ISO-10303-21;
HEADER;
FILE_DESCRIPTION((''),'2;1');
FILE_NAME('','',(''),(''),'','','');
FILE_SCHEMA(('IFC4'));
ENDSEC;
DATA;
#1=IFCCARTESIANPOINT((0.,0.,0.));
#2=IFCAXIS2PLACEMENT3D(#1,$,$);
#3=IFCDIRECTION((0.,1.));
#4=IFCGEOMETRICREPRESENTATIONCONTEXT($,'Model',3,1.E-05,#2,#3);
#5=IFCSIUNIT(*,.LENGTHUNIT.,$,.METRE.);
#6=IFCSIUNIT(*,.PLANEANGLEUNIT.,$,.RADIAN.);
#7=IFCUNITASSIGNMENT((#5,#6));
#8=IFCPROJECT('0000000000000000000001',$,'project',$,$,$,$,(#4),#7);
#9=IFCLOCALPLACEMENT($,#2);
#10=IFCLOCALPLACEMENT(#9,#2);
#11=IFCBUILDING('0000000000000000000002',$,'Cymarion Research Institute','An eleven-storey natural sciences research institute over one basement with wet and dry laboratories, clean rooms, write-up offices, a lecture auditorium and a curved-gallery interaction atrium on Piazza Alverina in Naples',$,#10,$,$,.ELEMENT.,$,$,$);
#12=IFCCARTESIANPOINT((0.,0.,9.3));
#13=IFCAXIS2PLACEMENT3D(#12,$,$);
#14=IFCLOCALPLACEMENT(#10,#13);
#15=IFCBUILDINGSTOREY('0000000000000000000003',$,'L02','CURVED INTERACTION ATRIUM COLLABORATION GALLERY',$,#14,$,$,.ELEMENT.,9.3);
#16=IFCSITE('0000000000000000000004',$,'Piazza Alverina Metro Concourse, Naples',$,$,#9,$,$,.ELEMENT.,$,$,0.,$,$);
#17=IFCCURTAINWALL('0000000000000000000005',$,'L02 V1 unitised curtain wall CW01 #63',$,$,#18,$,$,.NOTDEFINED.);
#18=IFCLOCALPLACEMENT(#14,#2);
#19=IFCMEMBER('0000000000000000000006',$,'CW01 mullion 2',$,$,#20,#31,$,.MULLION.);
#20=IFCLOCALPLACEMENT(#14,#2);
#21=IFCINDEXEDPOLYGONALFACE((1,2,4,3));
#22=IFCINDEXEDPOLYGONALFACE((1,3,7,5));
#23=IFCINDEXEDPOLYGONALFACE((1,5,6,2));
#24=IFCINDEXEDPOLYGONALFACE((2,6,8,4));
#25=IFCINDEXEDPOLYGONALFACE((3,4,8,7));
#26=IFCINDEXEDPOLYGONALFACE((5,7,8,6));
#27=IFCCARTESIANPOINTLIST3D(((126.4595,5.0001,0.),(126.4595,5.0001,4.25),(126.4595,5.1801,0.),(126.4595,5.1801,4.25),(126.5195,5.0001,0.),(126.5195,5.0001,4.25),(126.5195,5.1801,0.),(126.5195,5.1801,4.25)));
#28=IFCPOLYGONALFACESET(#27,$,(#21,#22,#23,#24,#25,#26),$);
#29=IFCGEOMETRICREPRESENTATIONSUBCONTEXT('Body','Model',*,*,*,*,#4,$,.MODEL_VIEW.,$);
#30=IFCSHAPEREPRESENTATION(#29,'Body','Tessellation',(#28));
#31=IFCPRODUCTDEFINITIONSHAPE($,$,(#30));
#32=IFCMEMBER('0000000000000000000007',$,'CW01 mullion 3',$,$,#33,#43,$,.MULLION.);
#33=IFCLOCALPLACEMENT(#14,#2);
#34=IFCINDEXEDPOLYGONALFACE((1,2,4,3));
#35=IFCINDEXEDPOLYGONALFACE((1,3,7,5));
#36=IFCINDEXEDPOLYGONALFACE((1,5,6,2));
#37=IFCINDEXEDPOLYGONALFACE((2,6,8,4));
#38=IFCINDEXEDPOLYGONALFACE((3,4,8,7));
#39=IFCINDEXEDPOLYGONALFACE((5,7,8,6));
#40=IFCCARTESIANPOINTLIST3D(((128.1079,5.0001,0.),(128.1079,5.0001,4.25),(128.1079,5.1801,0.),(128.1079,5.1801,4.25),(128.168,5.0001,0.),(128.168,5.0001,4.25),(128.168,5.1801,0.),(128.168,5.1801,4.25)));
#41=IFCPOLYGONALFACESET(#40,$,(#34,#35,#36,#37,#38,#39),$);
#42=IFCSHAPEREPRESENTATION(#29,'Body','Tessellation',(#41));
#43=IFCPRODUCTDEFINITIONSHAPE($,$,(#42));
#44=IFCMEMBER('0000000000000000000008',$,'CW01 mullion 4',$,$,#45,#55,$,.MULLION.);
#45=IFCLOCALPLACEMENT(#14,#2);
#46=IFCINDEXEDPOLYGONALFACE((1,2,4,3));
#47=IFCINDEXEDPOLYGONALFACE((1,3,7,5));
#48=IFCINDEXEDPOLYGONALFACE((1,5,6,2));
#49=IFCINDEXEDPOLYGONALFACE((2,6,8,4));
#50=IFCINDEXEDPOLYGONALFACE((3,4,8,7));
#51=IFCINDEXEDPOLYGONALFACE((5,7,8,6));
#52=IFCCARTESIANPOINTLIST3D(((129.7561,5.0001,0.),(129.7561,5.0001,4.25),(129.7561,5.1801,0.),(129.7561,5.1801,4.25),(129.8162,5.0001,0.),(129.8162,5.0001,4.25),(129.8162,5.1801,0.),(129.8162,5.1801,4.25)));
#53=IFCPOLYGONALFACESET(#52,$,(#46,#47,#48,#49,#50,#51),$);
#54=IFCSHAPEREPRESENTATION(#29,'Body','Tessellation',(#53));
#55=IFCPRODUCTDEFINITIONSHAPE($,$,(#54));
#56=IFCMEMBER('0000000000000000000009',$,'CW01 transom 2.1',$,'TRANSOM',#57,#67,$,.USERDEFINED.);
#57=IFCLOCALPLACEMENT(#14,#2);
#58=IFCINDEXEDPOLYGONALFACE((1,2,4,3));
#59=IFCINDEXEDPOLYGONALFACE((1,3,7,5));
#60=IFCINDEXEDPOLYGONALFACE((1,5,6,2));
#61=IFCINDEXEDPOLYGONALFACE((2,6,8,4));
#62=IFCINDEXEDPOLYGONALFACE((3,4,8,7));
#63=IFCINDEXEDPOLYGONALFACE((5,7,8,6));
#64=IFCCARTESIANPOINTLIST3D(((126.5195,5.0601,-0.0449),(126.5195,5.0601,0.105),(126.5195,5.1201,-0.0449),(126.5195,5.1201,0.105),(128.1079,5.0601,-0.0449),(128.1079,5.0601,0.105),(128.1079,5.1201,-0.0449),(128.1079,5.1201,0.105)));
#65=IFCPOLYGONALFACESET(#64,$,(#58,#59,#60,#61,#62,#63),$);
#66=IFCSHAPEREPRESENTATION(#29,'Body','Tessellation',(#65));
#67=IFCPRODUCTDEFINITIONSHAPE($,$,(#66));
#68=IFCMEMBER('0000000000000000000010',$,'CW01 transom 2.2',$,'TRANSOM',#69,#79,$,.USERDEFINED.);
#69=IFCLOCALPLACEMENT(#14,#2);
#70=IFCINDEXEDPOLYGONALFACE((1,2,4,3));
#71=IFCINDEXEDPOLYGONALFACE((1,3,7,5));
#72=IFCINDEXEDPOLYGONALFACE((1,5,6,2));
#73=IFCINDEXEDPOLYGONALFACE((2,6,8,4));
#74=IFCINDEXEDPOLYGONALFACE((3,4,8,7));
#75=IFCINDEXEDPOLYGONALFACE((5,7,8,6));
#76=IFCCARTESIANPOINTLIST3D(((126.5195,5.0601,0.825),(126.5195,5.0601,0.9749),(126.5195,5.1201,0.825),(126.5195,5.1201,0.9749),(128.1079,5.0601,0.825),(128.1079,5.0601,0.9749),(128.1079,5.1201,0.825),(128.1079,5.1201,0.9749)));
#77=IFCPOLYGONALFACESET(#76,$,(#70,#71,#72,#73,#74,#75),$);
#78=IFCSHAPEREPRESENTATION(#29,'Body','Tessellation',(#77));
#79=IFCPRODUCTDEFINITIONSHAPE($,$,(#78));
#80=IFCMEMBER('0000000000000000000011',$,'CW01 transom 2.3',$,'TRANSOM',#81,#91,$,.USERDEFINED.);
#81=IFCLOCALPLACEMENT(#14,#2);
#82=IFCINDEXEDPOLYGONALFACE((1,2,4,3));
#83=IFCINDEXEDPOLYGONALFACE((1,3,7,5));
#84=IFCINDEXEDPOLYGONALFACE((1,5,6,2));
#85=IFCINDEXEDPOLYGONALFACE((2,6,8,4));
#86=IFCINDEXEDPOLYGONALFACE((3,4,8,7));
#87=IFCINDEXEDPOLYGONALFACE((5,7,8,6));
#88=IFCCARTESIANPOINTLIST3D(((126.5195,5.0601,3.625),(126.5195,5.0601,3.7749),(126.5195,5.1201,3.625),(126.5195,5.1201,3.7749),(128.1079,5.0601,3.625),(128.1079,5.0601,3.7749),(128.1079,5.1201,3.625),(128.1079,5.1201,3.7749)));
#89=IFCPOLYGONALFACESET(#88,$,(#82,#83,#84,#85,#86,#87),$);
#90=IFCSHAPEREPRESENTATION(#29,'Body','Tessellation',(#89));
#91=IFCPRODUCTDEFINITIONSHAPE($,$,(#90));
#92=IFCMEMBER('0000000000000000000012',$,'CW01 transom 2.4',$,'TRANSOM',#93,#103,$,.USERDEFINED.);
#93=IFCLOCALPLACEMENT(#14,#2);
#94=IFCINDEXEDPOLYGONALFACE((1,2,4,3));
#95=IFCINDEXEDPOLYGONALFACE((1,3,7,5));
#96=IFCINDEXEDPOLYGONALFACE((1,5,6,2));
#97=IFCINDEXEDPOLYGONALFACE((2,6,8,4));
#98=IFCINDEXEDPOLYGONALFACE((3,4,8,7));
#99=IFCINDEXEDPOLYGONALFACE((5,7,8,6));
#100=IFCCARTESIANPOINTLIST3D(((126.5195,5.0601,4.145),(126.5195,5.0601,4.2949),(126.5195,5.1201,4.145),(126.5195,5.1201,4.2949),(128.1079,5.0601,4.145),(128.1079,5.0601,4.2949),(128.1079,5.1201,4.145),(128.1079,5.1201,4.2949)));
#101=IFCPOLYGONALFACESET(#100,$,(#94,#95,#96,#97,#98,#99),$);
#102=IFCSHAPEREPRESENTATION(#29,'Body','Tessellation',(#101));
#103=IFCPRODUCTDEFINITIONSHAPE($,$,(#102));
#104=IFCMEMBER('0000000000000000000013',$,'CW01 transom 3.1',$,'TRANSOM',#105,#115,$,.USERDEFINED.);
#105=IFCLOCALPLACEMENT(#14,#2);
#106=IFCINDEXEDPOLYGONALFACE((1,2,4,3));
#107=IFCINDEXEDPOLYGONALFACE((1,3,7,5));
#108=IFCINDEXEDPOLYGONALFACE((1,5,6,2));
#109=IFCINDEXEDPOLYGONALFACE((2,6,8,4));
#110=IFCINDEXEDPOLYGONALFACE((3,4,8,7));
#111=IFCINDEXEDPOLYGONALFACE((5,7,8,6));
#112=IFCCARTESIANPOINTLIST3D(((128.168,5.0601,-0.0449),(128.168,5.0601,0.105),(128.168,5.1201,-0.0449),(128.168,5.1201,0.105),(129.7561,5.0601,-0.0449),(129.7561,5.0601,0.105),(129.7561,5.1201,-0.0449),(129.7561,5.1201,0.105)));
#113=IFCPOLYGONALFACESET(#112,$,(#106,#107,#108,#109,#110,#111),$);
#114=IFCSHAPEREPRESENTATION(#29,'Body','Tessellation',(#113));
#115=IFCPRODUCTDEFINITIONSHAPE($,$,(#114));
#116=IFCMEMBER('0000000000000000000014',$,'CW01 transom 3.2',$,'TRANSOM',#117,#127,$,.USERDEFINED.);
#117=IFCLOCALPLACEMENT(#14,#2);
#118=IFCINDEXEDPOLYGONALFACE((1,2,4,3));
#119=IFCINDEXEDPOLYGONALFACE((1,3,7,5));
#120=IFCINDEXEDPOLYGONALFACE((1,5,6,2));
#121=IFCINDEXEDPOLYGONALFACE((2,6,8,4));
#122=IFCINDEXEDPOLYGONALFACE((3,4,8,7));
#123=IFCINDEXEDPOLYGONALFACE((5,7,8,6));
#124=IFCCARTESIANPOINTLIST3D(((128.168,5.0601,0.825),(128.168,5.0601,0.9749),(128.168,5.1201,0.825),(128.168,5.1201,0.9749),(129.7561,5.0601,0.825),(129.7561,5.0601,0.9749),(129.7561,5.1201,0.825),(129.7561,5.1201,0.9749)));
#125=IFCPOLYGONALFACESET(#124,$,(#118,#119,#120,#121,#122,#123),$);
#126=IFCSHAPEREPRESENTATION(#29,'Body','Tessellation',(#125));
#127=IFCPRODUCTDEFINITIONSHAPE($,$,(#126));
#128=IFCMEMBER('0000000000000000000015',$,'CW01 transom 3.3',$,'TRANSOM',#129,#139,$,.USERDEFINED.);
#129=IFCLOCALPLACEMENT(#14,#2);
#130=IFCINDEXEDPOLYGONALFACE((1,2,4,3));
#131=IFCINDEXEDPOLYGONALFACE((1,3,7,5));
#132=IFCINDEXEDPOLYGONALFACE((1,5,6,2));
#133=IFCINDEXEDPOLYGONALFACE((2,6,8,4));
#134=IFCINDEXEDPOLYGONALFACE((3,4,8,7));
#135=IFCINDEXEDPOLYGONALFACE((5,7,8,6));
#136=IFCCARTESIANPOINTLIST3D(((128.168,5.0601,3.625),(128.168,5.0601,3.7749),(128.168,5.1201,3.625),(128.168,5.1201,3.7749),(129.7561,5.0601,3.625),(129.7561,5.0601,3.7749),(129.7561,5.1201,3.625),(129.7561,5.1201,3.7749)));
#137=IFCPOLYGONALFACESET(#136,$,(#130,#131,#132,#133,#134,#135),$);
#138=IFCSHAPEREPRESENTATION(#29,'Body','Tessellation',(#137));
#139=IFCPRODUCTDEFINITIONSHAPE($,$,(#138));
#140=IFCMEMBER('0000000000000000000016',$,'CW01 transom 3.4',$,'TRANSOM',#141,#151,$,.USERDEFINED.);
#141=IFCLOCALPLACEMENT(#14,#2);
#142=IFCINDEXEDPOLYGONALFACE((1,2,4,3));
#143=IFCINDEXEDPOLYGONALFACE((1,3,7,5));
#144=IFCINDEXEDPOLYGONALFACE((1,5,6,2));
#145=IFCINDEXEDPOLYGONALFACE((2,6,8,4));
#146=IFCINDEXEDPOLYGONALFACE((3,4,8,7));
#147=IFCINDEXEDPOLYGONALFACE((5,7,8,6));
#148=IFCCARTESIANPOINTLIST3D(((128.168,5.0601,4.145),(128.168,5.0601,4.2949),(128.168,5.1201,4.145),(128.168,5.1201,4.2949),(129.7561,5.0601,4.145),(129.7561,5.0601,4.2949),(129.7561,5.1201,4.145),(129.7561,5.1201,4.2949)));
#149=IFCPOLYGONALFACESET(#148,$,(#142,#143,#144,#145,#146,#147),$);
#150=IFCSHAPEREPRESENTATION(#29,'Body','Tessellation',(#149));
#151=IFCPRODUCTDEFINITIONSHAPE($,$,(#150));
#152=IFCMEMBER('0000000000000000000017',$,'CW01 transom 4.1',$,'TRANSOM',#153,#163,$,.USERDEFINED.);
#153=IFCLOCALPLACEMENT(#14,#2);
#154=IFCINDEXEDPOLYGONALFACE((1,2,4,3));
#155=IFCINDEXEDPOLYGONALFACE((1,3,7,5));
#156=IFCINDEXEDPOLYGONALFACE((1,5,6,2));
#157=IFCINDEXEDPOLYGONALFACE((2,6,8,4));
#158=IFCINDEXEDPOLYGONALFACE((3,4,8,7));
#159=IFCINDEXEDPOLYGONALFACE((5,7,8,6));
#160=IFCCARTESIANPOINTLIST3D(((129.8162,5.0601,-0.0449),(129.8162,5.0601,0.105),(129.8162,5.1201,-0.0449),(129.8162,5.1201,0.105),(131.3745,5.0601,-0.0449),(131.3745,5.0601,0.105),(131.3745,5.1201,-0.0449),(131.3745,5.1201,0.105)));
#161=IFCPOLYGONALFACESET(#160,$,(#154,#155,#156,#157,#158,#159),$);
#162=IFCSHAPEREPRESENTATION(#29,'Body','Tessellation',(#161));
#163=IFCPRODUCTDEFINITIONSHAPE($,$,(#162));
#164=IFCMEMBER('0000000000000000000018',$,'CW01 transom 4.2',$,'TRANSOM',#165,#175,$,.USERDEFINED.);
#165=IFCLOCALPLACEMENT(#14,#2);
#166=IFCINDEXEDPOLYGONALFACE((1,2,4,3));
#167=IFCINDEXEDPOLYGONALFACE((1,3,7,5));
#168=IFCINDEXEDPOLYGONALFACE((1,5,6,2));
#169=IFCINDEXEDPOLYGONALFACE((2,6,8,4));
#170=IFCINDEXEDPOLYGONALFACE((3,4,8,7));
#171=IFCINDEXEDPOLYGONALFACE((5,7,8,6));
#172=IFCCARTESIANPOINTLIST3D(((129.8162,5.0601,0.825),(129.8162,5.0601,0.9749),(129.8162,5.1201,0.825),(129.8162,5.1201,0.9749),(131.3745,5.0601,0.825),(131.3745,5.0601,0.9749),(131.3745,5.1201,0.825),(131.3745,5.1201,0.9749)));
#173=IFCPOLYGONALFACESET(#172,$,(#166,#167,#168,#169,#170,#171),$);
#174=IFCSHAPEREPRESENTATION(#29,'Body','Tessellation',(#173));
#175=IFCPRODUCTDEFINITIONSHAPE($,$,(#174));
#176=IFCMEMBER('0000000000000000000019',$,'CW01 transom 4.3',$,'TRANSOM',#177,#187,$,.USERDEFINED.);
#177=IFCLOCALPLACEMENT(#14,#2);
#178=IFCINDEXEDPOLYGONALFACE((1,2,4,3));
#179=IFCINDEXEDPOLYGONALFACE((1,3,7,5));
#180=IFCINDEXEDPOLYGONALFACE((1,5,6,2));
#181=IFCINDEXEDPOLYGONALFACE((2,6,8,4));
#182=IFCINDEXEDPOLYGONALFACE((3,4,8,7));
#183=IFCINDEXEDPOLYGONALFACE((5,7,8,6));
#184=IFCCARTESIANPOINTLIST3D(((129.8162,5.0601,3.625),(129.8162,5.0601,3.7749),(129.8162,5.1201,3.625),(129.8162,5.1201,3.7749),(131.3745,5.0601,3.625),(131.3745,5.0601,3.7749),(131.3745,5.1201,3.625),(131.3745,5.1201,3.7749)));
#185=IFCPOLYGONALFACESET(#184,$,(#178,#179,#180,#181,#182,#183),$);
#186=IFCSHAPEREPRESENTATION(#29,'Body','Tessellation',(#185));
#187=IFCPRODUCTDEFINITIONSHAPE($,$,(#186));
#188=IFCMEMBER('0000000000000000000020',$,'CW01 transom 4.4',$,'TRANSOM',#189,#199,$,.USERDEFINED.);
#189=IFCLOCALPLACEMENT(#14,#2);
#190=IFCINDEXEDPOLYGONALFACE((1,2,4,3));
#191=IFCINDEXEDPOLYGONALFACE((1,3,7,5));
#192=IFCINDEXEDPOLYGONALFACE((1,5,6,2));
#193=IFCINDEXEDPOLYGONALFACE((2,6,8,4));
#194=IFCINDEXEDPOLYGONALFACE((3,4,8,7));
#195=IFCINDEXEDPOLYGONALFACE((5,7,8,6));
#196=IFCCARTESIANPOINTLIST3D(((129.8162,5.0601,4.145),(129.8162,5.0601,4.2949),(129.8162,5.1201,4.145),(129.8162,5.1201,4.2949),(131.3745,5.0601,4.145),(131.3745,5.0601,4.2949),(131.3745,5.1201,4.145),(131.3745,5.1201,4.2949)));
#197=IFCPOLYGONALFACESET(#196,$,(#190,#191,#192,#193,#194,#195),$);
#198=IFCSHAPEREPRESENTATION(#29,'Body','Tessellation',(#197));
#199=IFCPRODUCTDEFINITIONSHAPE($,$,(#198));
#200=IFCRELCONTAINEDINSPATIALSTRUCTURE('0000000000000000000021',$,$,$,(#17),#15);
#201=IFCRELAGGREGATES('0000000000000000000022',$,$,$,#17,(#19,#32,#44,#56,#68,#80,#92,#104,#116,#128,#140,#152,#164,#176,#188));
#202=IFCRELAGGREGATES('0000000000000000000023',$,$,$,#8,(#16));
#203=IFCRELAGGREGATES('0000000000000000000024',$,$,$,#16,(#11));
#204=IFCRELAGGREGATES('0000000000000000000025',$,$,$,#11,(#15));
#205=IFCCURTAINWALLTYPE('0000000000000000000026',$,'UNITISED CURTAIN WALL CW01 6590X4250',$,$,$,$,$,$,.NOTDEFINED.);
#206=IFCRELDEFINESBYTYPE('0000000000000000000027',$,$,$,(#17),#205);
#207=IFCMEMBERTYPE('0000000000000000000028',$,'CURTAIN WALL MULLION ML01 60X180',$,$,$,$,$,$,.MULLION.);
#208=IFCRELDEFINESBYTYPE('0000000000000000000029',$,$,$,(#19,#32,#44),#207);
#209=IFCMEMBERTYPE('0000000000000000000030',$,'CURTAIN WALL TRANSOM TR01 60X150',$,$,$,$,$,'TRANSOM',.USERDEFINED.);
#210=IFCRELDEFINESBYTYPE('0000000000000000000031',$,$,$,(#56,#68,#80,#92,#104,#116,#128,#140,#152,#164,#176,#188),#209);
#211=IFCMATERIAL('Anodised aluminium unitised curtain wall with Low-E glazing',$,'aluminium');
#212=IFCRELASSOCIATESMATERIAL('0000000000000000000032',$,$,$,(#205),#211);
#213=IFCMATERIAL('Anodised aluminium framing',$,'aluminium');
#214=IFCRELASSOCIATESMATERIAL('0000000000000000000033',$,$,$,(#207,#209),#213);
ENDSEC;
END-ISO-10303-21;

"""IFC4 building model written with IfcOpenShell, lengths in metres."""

from ifc_helpers import new_model, si_unit, direction, frame, origin, origin_2d, place, context, subcontext, project, spatial, rectangle, extrude, material, material_profile, profile_set, type_object, element, aggregate, save


model = new_model("IFC4")

# Units and contexts
model_context = context("Model", 3, precision=1e-05, world=origin(), true_north=direction((0.0, 1.0)))
body_context = subcontext(model_context, "Body", "Model", "MODEL_VIEW")
ifc_project = project(units=[si_unit("LENGTHUNIT", "METRE"), si_unit("PLANEANGLEUNIT", "RADIAN")], contexts=[model_context])

# Site, building, storey
site_placement = place(None, origin())
site = spatial("IfcSite", under=ifc_project, at=site_placement, Name="Piazza Alverina Metro Concourse, Naples", CompositionType="ELEMENT", RefElevation=0.0)
building_placement = place(site_placement, origin())
building = spatial("IfcBuilding", under=site, at=building_placement, Name="Cymarion Research Institute", Description="An eleven-storey natural sciences research institute over one basement with wet and dry laboratories, clean rooms, write-up offices, a lecture auditorium and a curved-gallery interaction atrium on Piazza Alverina in Naples", CompositionType="ELEMENT")
storey_placement = place(building_placement, frame((0.0, 0.0, 9.3)))
storey = spatial("IfcBuildingStorey", under=building, at=storey_placement, Name="L02", Description="CURVED INTERACTION ATRIUM COLLABORATION GALLERY", CompositionType="ELEMENT", Elevation=9.3)

# Curtain wall, members
ifc_material_1 = material(Name="Anodised aluminium unitised curtain wall with Low-E glazing", Category="aluminium")
curtain_wall_type = type_object("IfcCurtainWallType", Name="UNITISED CURTAIN WALL CW01 6590X4250", PredefinedType="NOTDEFINED", material=ifc_material_1)
curtain_wall_placement = place(storey_placement, origin())
curtain_wall = element("IfcCurtainWall", 1, at=curtain_wall_placement, inside=storey, type_object=curtain_wall_type, Name="L02 V1 unitised curtain wall CW01 #63", PredefinedType="NOTDEFINED")
ifc_material_2 = material(Name="Anodised aluminium framing", Category="aluminium")
ifc_material_profile_1 = material_profile(ifc_material_2, rectangle(XDim=0.0601, YDim=0.1799, at=origin_2d()), Name="ALU MULLION 60x180")
ifc_profile_set_1 = profile_set([ifc_material_profile_1], Name="Anodised aluminium framing")
member_type_1 = type_object("IfcMemberType", Name="CURTAIN WALL MULLION ML01 60X180", PredefinedType="MULLION", material=ifc_profile_set_1)
member_1_placement = place(storey_placement, frame((126.4895, 5.0901, 0.0), z_axis=(0.0, 0.0, 1.0), x_axis=(1.0, 0.0, 0.0)))
member_1 = element("IfcMember", 2, at=member_1_placement, type_object=member_type_1, Name="CW01 mullion 2", PredefinedType="MULLION", context=body_context, shape_type="SweptSolid", body=[
    extrude(rectangle(XDim=0.0601, YDim=0.1799, at=origin_2d()), origin(), (0.0, 0.0, 1.0), 4.25),
])
member_2_placement = place(storey_placement, frame((128.1379, 5.0901, 0.0), z_axis=(0.0, 0.0, 1.0), x_axis=(1.0, 0.0, 0.0)))
member_2 = element("IfcMember", 3, at=member_2_placement, type_object=member_type_1, Name="CW01 mullion 3", PredefinedType="MULLION", context=body_context, shape_type="SweptSolid", body=[
    extrude(rectangle(XDim=0.0601, YDim=0.1799, at=origin_2d()), origin(), (0.0, 0.0, 1.0), 4.25),
])
member_3_placement = place(storey_placement, frame((129.7861, 5.0901, 0.0), z_axis=(0.0, 0.0, 1.0), x_axis=(1.0, 0.0, 0.0)))
member_3 = element("IfcMember", 4, at=member_3_placement, type_object=member_type_1, Name="CW01 mullion 4", PredefinedType="MULLION", context=body_context, shape_type="SweptSolid", body=[
    extrude(rectangle(XDim=0.0601, YDim=0.1799, at=origin_2d()), origin(), (0.0, 0.0, 1.0), 4.25),
])
ifc_material_profile_2 = material_profile(ifc_material_2, rectangle(XDim=0.0601, YDim=0.1499, at=origin_2d()), Name="ALU TRANSOM 60x150")
ifc_profile_set_2 = profile_set([ifc_material_profile_2], Name="Anodised aluminium framing")
member_type_2 = type_object("IfcMemberType", Name="CURTAIN WALL TRANSOM TR01 60X150", ElementType="TRANSOM", PredefinedType="USERDEFINED", material=ifc_profile_set_2)
member_4_placement = place(storey_placement, frame((126.5195, 5.0901, 0.03), z_axis=(1.0, 0.0, 0.0), x_axis=(0.0, 1.0, 0.0)))
member_4 = element("IfcMember", 5, at=member_4_placement, type_object=member_type_2, Name="CW01 transom 2.1", ObjectType="TRANSOM", PredefinedType="USERDEFINED", context=body_context, shape_type="SweptSolid", body=[
    extrude(rectangle(XDim=0.0601, YDim=0.1499, at=origin_2d()), origin(), (0.0, 0.0, 1.0), 1.5884),
])
member_5_placement = place(storey_placement, frame((126.5195, 5.0901, 0.8999), z_axis=(1.0, 0.0, 0.0), x_axis=(0.0, 1.0, 0.0)))
member_5 = element("IfcMember", 6, at=member_5_placement, type_object=member_type_2, Name="CW01 transom 2.2", ObjectType="TRANSOM", PredefinedType="USERDEFINED", context=body_context, shape_type="SweptSolid", body=[
    extrude(rectangle(XDim=0.0601, YDim=0.1499, at=origin_2d()), origin(), (0.0, 0.0, 1.0), 1.5884),
])
member_6_placement = place(storey_placement, frame((126.5195, 5.0901, 3.7), z_axis=(1.0, 0.0, 0.0), x_axis=(0.0, 1.0, 0.0)))
member_6 = element("IfcMember", 7, at=member_6_placement, type_object=member_type_2, Name="CW01 transom 2.3", ObjectType="TRANSOM", PredefinedType="USERDEFINED", context=body_context, shape_type="SweptSolid", body=[
    extrude(rectangle(XDim=0.0601, YDim=0.1499, at=origin_2d()), origin(), (0.0, 0.0, 1.0), 1.5884),
])
member_7_placement = place(storey_placement, frame((126.5195, 5.0901, 4.22), z_axis=(1.0, 0.0, 0.0), x_axis=(0.0, 1.0, 0.0)))
member_7 = element("IfcMember", 8, at=member_7_placement, type_object=member_type_2, Name="CW01 transom 2.4", ObjectType="TRANSOM", PredefinedType="USERDEFINED", context=body_context, shape_type="SweptSolid", body=[
    extrude(rectangle(XDim=0.0601, YDim=0.1499, at=origin_2d()), origin(), (0.0, 0.0, 1.0), 1.5884),
])
member_8_placement = place(storey_placement, frame((128.168, 5.0901, 0.03), z_axis=(1.0, 0.0, 0.0), x_axis=(0.0, 1.0, 0.0)))
member_8 = element("IfcMember", 9, at=member_8_placement, type_object=member_type_2, Name="CW01 transom 3.1", ObjectType="TRANSOM", PredefinedType="USERDEFINED", context=body_context, shape_type="SweptSolid", body=[
    extrude(rectangle(XDim=0.0601, YDim=0.1499, at=origin_2d()), origin(), (0.0, 0.0, 1.0), 1.5881),
])
member_9_placement = place(storey_placement, frame((128.168, 5.0901, 0.8999), z_axis=(1.0, 0.0, 0.0), x_axis=(0.0, 1.0, 0.0)))
member_9 = element("IfcMember", 10, at=member_9_placement, type_object=member_type_2, Name="CW01 transom 3.2", ObjectType="TRANSOM", PredefinedType="USERDEFINED", context=body_context, shape_type="SweptSolid", body=[
    extrude(rectangle(XDim=0.0601, YDim=0.1499, at=origin_2d()), origin(), (0.0, 0.0, 1.0), 1.5881),
])
member_10_placement = place(storey_placement, frame((128.168, 5.0901, 3.7), z_axis=(1.0, 0.0, 0.0), x_axis=(0.0, 1.0, 0.0)))
member_10 = element("IfcMember", 11, at=member_10_placement, type_object=member_type_2, Name="CW01 transom 3.3", ObjectType="TRANSOM", PredefinedType="USERDEFINED", context=body_context, shape_type="SweptSolid", body=[
    extrude(rectangle(XDim=0.0601, YDim=0.1499, at=origin_2d()), origin(), (0.0, 0.0, 1.0), 1.5881),
])
member_11_placement = place(storey_placement, frame((128.168, 5.0901, 4.22), z_axis=(1.0, 0.0, 0.0), x_axis=(0.0, 1.0, 0.0)))
member_11 = element("IfcMember", 12, at=member_11_placement, type_object=member_type_2, Name="CW01 transom 3.4", ObjectType="TRANSOM", PredefinedType="USERDEFINED", context=body_context, shape_type="SweptSolid", body=[
    extrude(rectangle(XDim=0.0601, YDim=0.1499, at=origin_2d()), origin(), (0.0, 0.0, 1.0), 1.5881),
])
member_12_placement = place(storey_placement, frame((129.8162, 5.0901, 0.03), z_axis=(1.0, 0.0, 0.0), x_axis=(0.0, 1.0, 0.0)))
member_12 = element("IfcMember", 13, at=member_12_placement, type_object=member_type_2, Name="CW01 transom 4.1", ObjectType="TRANSOM", PredefinedType="USERDEFINED", context=body_context, shape_type="SweptSolid", body=[
    extrude(rectangle(XDim=0.0601, YDim=0.1499, at=origin_2d()), origin(), (0.0, 0.0, 1.0), 1.5583),
])
member_13_placement = place(storey_placement, frame((129.8162, 5.0901, 0.8999), z_axis=(1.0, 0.0, 0.0), x_axis=(0.0, 1.0, 0.0)))
member_13 = element("IfcMember", 14, at=member_13_placement, type_object=member_type_2, Name="CW01 transom 4.2", ObjectType="TRANSOM", PredefinedType="USERDEFINED", context=body_context, shape_type="SweptSolid", body=[
    extrude(rectangle(XDim=0.0601, YDim=0.1499, at=origin_2d()), origin(), (0.0, 0.0, 1.0), 1.5583),
])
member_14_placement = place(storey_placement, frame((129.8162, 5.0901, 3.7), z_axis=(1.0, 0.0, 0.0), x_axis=(0.0, 1.0, 0.0)))
member_14 = element("IfcMember", 15, at=member_14_placement, type_object=member_type_2, Name="CW01 transom 4.3", ObjectType="TRANSOM", PredefinedType="USERDEFINED", context=body_context, shape_type="SweptSolid", body=[
    extrude(rectangle(XDim=0.0601, YDim=0.1499, at=origin_2d()), origin(), (0.0, 0.0, 1.0), 1.5583),
])
member_15_placement = place(storey_placement, frame((129.8162, 5.0901, 4.22), z_axis=(1.0, 0.0, 0.0), x_axis=(0.0, 1.0, 0.0)))
member_15 = element("IfcMember", 16, at=member_15_placement, type_object=member_type_2, Name="CW01 transom 4.4", ObjectType="TRANSOM", PredefinedType="USERDEFINED", context=body_context, shape_type="SweptSolid", body=[
    extrude(rectangle(XDim=0.0601, YDim=0.1499, at=origin_2d()), origin(), (0.0, 0.0, 1.0), 1.5583),
])

aggregate(curtain_wall, [member_1, member_2, member_3, member_4, member_5, member_6, member_7, member_8, member_9, member_10, member_11, member_12, member_13, member_14, member_15])

save(model, "model.ifc")
